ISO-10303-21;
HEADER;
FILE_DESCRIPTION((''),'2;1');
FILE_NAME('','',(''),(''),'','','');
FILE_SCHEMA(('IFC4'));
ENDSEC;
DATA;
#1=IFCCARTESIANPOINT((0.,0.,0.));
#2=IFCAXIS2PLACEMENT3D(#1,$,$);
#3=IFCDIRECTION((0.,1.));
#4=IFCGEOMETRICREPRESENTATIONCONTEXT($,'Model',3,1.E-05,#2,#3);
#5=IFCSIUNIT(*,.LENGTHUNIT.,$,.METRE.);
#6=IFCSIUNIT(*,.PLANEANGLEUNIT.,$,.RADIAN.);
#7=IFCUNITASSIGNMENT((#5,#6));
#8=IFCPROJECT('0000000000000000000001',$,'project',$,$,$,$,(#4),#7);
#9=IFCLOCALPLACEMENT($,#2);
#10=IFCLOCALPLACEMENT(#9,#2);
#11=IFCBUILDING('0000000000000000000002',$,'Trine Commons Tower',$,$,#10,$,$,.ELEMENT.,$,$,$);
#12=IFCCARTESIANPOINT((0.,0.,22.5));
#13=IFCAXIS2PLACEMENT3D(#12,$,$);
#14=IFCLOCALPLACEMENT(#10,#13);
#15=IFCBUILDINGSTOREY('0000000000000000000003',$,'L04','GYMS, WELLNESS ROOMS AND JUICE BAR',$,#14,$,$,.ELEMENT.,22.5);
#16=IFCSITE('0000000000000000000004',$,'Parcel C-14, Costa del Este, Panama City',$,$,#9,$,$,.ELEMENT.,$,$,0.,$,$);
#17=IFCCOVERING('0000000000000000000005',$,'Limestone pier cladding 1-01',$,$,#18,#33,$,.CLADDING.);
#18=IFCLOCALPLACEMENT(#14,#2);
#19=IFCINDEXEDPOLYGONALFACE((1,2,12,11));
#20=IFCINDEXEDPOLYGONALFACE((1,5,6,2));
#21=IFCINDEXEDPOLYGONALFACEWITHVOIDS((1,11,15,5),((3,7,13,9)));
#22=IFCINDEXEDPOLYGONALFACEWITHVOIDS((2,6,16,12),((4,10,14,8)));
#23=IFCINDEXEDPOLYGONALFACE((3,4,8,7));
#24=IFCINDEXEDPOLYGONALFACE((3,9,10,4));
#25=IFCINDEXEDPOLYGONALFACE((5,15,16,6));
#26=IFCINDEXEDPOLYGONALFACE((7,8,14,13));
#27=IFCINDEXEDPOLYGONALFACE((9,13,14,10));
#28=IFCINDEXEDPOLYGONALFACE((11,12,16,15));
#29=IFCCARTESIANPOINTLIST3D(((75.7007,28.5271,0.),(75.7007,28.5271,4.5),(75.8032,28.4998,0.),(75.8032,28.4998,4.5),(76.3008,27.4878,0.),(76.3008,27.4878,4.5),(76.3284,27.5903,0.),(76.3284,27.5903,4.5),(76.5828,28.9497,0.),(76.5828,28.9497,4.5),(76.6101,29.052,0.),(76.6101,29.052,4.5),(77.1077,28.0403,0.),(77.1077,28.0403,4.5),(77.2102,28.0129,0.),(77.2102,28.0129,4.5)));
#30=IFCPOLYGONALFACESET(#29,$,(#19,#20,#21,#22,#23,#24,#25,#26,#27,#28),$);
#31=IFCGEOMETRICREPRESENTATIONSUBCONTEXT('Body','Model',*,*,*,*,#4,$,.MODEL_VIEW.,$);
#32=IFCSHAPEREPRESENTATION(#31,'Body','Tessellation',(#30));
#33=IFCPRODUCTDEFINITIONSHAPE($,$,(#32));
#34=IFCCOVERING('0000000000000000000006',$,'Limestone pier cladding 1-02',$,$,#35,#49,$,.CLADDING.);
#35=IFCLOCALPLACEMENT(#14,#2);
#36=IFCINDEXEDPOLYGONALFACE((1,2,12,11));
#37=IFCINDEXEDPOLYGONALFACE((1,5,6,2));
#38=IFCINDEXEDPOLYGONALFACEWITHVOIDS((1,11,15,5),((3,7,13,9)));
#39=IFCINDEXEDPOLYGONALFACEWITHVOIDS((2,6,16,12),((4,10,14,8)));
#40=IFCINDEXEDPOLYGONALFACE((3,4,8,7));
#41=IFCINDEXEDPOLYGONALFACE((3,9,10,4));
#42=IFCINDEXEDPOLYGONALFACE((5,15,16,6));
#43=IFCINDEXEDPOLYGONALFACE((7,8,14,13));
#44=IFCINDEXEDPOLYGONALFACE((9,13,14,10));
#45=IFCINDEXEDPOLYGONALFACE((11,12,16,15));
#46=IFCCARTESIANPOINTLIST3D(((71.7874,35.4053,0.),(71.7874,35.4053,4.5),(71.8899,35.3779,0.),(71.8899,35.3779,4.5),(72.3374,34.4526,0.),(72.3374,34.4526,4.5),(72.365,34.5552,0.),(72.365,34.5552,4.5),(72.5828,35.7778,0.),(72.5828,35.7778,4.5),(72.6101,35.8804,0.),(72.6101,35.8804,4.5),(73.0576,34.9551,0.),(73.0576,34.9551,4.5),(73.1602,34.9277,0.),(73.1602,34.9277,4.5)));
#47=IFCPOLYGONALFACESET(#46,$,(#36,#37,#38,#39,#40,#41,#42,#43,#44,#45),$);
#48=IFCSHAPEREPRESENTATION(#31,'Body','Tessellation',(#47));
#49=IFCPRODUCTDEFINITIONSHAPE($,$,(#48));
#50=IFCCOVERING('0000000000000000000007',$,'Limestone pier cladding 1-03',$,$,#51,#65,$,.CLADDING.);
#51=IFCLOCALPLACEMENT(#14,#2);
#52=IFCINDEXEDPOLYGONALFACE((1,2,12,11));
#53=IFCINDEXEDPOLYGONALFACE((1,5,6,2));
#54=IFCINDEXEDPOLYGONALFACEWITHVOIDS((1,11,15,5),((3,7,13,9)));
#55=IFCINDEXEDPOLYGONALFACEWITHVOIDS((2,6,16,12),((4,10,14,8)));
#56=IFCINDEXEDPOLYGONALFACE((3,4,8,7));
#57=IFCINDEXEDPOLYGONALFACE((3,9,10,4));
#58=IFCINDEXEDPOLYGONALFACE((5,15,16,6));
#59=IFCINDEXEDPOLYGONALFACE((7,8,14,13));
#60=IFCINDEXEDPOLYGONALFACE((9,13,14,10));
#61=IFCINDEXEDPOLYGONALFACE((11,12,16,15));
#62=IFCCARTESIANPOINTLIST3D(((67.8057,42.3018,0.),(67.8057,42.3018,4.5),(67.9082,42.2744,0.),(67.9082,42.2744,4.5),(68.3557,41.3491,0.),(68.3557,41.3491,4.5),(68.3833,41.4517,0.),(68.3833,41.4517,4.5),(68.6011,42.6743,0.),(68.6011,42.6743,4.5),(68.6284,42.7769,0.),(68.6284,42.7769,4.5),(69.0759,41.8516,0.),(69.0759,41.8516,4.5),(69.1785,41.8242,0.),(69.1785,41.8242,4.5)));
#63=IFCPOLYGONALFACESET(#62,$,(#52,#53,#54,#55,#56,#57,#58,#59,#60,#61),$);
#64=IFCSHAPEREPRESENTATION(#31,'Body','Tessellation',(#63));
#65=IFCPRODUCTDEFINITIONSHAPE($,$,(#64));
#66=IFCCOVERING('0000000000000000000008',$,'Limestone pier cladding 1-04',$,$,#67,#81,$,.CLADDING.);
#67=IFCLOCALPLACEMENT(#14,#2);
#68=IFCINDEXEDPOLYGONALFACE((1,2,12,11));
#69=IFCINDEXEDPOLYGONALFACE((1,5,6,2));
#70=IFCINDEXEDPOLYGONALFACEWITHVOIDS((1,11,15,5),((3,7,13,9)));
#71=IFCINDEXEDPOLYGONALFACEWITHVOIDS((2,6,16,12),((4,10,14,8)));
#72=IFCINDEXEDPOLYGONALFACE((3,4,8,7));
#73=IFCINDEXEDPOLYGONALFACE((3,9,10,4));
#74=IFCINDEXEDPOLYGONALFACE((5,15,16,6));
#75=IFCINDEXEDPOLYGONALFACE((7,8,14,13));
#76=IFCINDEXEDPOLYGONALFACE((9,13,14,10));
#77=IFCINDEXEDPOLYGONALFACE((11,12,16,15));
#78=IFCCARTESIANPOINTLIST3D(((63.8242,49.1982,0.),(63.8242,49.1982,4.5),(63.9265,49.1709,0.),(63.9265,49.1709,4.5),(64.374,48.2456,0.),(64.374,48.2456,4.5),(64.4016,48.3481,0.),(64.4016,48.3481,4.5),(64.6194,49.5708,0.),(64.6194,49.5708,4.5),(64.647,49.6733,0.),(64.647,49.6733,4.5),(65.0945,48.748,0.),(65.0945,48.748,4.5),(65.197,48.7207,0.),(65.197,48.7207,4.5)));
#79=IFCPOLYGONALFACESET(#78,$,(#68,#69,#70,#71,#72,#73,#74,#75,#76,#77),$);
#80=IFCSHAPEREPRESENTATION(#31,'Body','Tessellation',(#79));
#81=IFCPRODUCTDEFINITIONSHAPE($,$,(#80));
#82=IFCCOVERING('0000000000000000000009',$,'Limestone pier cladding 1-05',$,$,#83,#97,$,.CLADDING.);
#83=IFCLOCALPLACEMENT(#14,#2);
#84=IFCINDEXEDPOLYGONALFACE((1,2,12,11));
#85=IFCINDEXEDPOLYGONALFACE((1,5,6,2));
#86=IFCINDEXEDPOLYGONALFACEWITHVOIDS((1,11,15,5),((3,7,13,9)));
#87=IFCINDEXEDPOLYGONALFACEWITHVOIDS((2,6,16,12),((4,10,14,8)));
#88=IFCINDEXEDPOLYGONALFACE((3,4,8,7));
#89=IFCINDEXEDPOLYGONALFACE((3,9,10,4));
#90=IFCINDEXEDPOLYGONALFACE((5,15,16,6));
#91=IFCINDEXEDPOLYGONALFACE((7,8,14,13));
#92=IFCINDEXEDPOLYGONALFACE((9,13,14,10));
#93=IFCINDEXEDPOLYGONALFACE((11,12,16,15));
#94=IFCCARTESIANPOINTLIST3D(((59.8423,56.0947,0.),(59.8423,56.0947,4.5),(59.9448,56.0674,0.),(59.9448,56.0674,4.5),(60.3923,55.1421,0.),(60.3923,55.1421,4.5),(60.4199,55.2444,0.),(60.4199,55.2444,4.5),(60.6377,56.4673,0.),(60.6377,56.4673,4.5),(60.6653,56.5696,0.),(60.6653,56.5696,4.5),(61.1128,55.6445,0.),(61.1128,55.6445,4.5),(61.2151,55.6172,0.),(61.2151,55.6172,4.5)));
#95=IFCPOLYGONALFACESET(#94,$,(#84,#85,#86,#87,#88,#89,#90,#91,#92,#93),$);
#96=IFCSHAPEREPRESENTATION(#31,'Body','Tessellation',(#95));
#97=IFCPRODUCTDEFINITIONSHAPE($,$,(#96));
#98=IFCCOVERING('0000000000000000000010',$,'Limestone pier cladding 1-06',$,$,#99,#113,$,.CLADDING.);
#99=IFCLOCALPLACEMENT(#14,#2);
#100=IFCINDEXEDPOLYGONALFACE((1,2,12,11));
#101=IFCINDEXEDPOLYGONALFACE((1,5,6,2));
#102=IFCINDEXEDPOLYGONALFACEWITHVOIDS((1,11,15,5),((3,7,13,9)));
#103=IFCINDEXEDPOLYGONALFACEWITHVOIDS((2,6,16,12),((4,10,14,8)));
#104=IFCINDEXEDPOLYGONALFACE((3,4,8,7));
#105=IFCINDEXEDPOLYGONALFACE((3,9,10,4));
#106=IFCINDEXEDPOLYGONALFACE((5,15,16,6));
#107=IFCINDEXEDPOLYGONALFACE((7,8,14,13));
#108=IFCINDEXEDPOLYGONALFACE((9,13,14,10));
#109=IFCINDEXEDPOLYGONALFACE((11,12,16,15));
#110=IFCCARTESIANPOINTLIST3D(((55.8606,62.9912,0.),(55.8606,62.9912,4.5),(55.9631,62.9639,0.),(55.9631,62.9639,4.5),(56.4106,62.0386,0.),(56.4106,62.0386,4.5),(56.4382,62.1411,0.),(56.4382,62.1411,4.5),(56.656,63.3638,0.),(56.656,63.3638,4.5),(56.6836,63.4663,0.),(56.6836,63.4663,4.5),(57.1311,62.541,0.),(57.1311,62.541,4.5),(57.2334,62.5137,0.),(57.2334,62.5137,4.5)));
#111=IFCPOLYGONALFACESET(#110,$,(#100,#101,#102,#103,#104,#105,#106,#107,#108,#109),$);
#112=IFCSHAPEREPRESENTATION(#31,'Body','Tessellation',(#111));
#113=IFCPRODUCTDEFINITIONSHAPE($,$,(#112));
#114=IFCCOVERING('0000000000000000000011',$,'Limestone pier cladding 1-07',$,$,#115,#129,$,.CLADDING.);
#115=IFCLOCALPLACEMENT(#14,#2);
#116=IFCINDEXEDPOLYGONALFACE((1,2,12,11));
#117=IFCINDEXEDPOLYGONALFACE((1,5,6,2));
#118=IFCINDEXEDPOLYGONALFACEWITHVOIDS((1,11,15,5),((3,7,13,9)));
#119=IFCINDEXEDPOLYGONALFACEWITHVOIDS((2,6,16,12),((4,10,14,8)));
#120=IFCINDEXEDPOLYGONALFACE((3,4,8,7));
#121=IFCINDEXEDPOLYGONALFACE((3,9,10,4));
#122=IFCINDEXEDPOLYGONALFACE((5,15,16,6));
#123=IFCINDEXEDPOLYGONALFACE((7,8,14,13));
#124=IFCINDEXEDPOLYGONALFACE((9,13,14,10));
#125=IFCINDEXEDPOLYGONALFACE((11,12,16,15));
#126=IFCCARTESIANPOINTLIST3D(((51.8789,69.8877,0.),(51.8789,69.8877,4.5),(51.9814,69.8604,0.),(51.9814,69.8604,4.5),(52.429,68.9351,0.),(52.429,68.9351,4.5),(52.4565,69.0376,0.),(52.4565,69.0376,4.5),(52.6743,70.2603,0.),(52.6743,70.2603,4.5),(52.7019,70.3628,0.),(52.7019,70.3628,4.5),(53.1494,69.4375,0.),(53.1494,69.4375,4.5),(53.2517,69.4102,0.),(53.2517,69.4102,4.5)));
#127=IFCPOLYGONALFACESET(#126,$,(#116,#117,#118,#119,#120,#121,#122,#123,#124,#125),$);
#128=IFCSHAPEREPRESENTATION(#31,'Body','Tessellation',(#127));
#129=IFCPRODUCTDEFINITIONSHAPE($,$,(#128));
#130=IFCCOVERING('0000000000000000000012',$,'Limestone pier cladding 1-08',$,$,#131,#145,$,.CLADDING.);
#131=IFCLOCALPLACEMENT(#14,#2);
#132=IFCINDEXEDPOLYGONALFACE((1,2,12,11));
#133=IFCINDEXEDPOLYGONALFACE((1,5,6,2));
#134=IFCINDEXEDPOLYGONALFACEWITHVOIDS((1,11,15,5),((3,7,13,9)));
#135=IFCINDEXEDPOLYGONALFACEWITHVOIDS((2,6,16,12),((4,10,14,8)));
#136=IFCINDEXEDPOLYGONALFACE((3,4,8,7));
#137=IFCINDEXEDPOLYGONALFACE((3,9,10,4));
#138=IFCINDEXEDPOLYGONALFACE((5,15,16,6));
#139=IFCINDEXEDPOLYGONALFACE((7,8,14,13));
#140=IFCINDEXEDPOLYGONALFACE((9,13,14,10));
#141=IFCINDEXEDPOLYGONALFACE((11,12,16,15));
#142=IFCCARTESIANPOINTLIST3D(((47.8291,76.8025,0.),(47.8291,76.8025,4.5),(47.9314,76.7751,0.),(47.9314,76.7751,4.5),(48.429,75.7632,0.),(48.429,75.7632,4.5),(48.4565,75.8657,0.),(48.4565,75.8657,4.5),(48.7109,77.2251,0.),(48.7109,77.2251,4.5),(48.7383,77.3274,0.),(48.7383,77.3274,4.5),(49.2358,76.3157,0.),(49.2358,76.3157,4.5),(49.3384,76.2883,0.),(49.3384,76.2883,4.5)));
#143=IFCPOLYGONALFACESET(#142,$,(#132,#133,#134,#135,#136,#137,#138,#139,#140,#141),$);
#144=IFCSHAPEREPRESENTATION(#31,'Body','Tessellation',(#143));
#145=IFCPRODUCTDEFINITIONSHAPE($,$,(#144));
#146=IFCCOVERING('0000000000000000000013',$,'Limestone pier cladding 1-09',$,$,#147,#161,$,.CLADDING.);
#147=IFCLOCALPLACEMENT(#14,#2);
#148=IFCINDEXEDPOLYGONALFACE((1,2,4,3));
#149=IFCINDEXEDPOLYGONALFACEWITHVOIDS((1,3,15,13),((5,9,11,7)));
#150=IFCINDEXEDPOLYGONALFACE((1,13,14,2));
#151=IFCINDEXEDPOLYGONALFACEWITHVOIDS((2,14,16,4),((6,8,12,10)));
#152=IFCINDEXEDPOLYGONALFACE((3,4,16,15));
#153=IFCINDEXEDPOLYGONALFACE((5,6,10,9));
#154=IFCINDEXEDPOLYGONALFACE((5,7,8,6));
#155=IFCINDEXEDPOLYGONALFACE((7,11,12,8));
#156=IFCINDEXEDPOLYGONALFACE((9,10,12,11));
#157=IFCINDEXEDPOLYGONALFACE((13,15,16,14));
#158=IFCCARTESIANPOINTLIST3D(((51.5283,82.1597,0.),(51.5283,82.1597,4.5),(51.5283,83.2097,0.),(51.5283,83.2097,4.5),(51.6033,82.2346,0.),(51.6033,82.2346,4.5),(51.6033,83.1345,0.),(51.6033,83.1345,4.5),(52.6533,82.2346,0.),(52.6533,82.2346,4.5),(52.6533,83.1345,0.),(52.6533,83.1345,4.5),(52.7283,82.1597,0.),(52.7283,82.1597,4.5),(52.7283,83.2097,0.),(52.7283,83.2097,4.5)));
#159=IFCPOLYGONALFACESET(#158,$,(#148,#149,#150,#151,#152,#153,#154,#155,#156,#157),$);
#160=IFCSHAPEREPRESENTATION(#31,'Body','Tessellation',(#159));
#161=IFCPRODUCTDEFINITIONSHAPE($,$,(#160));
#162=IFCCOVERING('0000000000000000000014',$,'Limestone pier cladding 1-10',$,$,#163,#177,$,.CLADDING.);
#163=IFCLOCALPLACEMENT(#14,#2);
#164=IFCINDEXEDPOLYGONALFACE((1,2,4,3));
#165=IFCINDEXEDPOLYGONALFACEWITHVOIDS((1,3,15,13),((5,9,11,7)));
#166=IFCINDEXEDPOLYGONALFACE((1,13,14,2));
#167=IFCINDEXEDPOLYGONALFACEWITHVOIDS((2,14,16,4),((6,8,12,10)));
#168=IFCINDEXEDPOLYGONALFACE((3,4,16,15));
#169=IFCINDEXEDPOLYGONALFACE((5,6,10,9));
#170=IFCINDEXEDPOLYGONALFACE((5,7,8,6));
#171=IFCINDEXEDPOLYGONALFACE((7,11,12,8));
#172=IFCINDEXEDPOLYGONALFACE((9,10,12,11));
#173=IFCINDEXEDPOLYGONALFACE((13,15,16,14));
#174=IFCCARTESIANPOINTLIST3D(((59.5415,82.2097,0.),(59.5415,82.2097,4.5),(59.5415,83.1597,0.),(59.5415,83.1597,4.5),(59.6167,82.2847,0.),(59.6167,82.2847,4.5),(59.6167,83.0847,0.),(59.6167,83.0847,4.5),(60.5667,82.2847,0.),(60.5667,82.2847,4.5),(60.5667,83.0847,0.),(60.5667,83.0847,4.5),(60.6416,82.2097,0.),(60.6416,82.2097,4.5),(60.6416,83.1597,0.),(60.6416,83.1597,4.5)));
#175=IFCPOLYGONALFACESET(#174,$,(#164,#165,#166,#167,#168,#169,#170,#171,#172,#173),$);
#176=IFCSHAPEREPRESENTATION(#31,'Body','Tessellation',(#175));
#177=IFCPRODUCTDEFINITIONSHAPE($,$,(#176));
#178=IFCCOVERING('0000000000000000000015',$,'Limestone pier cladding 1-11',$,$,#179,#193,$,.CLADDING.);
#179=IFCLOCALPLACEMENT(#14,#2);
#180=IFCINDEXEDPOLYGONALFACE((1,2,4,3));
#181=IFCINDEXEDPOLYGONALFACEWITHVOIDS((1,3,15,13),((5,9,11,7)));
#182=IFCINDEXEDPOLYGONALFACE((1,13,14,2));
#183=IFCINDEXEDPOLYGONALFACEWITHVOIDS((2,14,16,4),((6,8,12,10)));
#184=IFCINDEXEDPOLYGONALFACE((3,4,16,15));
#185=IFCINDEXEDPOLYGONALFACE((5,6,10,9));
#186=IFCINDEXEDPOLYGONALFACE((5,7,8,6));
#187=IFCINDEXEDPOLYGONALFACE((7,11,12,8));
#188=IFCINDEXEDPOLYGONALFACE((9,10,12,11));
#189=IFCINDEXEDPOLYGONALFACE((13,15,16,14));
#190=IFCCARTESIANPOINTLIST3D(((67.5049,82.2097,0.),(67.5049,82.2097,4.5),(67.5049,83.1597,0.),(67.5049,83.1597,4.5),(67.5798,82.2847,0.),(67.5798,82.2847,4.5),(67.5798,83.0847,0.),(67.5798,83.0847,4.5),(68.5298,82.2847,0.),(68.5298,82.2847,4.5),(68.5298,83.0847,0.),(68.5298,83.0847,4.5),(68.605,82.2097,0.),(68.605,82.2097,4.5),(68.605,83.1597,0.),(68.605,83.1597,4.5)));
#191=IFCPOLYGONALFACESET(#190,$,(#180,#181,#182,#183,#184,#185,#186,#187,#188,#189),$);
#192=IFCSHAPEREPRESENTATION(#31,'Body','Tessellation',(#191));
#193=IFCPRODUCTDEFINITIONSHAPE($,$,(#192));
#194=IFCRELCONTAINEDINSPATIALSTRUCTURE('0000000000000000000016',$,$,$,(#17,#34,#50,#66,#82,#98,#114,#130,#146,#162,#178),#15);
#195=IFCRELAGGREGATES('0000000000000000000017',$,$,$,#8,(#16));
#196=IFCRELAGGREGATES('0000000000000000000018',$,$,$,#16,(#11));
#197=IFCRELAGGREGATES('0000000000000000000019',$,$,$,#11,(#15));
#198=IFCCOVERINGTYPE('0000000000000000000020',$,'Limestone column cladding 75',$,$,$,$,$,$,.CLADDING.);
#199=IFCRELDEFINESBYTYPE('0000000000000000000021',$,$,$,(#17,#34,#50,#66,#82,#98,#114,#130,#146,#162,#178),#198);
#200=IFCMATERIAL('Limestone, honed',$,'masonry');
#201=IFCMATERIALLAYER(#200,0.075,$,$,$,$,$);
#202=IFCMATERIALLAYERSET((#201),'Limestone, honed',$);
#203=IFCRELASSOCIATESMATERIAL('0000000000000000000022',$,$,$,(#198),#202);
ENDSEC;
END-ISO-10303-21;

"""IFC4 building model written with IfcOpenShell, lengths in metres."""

from ifc_helpers import new_model, si_unit, direction, frame, origin, place, context, subcontext, project, spatial, polyline, outline, extrude, material, layer, layer_set, type_object, element, save


model = new_model("IFC4")

# Units and contexts
model_context = context("Model", 3, precision=1e-05, world=origin(), true_north=direction((0.0, 1.0)))
body_context = subcontext(model_context, "Body", "Model", "MODEL_VIEW")
ifc_project = project(units=[si_unit("LENGTHUNIT", "METRE"), si_unit("PLANEANGLEUNIT", "RADIAN")], contexts=[model_context])

# Site, building, storey
site_placement = place(None, origin())
site = spatial("IfcSite", under=ifc_project, at=site_placement, Name="Parcel C-14, Costa del Este, Panama City", CompositionType="ELEMENT", RefElevation=0.0)
building_placement = place(site_placement, origin())
building = spatial("IfcBuilding", under=site, at=building_placement, Name="Trine Commons Tower", CompositionType="ELEMENT")
storey_placement = place(building_placement, frame((0.0, 0.0, 22.5)))
storey = spatial("IfcBuildingStorey", under=building, at=storey_placement, Name="L04", Description="GYMS, WELLNESS ROOMS AND JUICE BAR", CompositionType="ELEMENT", Elevation=22.5)

# Coverings
ifc_material_1 = material(Name="Limestone, honed", Category="masonry")
ifc_layer_1 = layer(ifc_material_1, 0.075)
ifc_layer_set_1 = layer_set([ifc_layer_1], Name="Limestone, honed")
covering_type = type_object("IfcCoveringType", Name="Limestone column cladding 75", PredefinedType="CLADDING", material=ifc_layer_set_1)
covering_1_placement = place(storey_placement, origin())
element("IfcCovering", 1, at=covering_1_placement, inside=storey, type_object=covering_type, Name="Limestone pier cladding 1-01", PredefinedType="CLADDING", context=body_context, shape_type="SweptSolid", body=[
    extrude(outline(polyline([(76.6101, 29.052), (75.7007, 28.5271), (76.3008, 27.4878), (77.2102, 28.0129), (76.6101, 29.052)]), holes=[polyline([(76.5828, 28.9497), (75.8032, 28.4998), (76.3284, 27.5903), (77.1077, 28.0403), (76.5828, 28.9497)])]), origin(), (0.0, 0.0, 1.0), 4.5),
])
covering_2_placement = place(storey_placement, origin())
element("IfcCovering", 2, at=covering_2_placement, inside=storey, type_object=covering_type, Name="Limestone pier cladding 1-02", PredefinedType="CLADDING", context=body_context, shape_type="SweptSolid", body=[
    extrude(outline(polyline([(72.6101, 35.8804), (71.7874, 35.4053), (72.3374, 34.4526), (73.1602, 34.9277), (72.6101, 35.8804)]), holes=[polyline([(72.5828, 35.7778), (71.8899, 35.3779), (72.365, 34.5552), (73.0576, 34.9551), (72.5828, 35.7778)])]), origin(), (0.0, 0.0, 1.0), 4.5),
])
covering_3_placement = place(storey_placement, origin())
element("IfcCovering", 3, at=covering_3_placement, inside=storey, type_object=covering_type, Name="Limestone pier cladding 1-03", PredefinedType="CLADDING", context=body_context, shape_type="SweptSolid", body=[
    extrude(outline(polyline([(68.6284, 42.7769), (67.8057, 42.3018), (68.3557, 41.3491), (69.1785, 41.8242), (68.6284, 42.7769)]), holes=[polyline([(68.6011, 42.6743), (67.9082, 42.2744), (68.3833, 41.4517), (69.0759, 41.8516), (68.6011, 42.6743)])]), origin(), (0.0, 0.0, 1.0), 4.5),
])
covering_4_placement = place(storey_placement, origin())
element("IfcCovering", 4, at=covering_4_placement, inside=storey, type_object=covering_type, Name="Limestone pier cladding 1-04", PredefinedType="CLADDING", context=body_context, shape_type="SweptSolid", body=[
    extrude(outline(polyline([(64.647, 49.6733), (63.8242, 49.1982), (64.374, 48.2456), (65.197, 48.7207), (64.647, 49.6733)]), holes=[polyline([(64.6194, 49.5708), (63.9265, 49.1709), (64.4016, 48.3481), (65.0945, 48.748), (64.6194, 49.5708)])]), origin(), (0.0, 0.0, 1.0), 4.5),
])
covering_5_placement = place(storey_placement, origin())
element("IfcCovering", 5, at=covering_5_placement, inside=storey, type_object=covering_type, Name="Limestone pier cladding 1-05", PredefinedType="CLADDING", context=body_context, shape_type="SweptSolid", body=[
    extrude(outline(polyline([(60.6653, 56.5696), (59.8423, 56.0947), (60.3923, 55.1421), (61.2151, 55.6172), (60.6653, 56.5696)]), holes=[polyline([(60.6377, 56.4673), (59.9448, 56.0674), (60.4199, 55.2444), (61.1128, 55.6445), (60.6377, 56.4673)])]), origin(), (0.0, 0.0, 1.0), 4.5),
])
covering_6_placement = place(storey_placement, origin())
element("IfcCovering", 6, at=covering_6_placement, inside=storey, type_object=covering_type, Name="Limestone pier cladding 1-06", PredefinedType="CLADDING", context=body_context, shape_type="SweptSolid", body=[
    extrude(outline(polyline([(56.6836, 63.4663), (55.8606, 62.9912), (56.4106, 62.0386), (57.2334, 62.5137), (56.6836, 63.4663)]), holes=[polyline([(56.656, 63.3638), (55.9631, 62.9639), (56.4382, 62.1411), (57.1311, 62.541), (56.656, 63.3638)])]), origin(), (0.0, 0.0, 1.0), 4.5),
])
covering_7_placement = place(storey_placement, origin())
element("IfcCovering", 7, at=covering_7_placement, inside=storey, type_object=covering_type, Name="Limestone pier cladding 1-07", PredefinedType="CLADDING", context=body_context, shape_type="SweptSolid", body=[
    extrude(outline(polyline([(52.7019, 70.3628), (51.8789, 69.8877), (52.429, 68.9351), (53.2517, 69.4102), (52.7019, 70.3628)]), holes=[polyline([(52.6743, 70.2603), (51.9814, 69.8604), (52.4565, 69.0376), (53.1494, 69.4375), (52.6743, 70.2603)])]), origin(), (0.0, 0.0, 1.0), 4.5),
])
covering_8_placement = place(storey_placement, origin())
element("IfcCovering", 8, at=covering_8_placement, inside=storey, type_object=covering_type, Name="Limestone pier cladding 1-08", PredefinedType="CLADDING", context=body_context, shape_type="SweptSolid", body=[
    extrude(outline(polyline([(48.7383, 77.3274), (47.8291, 76.8025), (48.429, 75.7632), (49.3384, 76.2883), (48.7383, 77.3274)]), holes=[polyline([(48.7109, 77.2251), (47.9314, 76.7751), (48.4565, 75.8657), (49.2358, 76.3157), (48.7109, 77.2251)])]), origin(), (0.0, 0.0, 1.0), 4.5),
])
covering_9_placement = place(storey_placement, origin())
element("IfcCovering", 9, at=covering_9_placement, inside=storey, type_object=covering_type, Name="Limestone pier cladding 1-09", PredefinedType="CLADDING", context=body_context, shape_type="SweptSolid", body=[
    extrude(outline(polyline([(52.7283, 82.1597), (52.7283, 83.2097), (51.5283, 83.2097), (51.5283, 82.1597), (52.7283, 82.1597)]), holes=[polyline([(52.6533, 82.2346), (52.6533, 83.1345), (51.6033, 83.1345), (51.6033, 82.2346), (52.6533, 82.2346)])]), origin(), (0.0, 0.0, 1.0), 4.5),
])
covering_10_placement = place(storey_placement, origin())
element("IfcCovering", 10, at=covering_10_placement, inside=storey, type_object=covering_type, Name="Limestone pier cladding 1-10", PredefinedType="CLADDING", context=body_context, shape_type="SweptSolid", body=[
    extrude(outline(polyline([(60.6416, 82.2097), (60.6416, 83.1597), (59.5415, 83.1597), (59.5415, 82.2097), (60.6416, 82.2097)]), holes=[polyline([(60.5667, 82.2847), (60.5667, 83.0847), (59.6167, 83.0847), (59.6167, 82.2847), (60.5667, 82.2847)])]), origin(), (0.0, 0.0, 1.0), 4.5),
])
covering_11_placement = place(storey_placement, origin())
element("IfcCovering", 11, at=covering_11_placement, inside=storey, type_object=covering_type, Name="Limestone pier cladding 1-11", PredefinedType="CLADDING", context=body_context, shape_type="SweptSolid", body=[
    extrude(outline(polyline([(68.605, 82.2097), (68.605, 83.1597), (67.5049, 83.1597), (67.5049, 82.2097), (68.605, 82.2097)]), holes=[polyline([(68.5298, 82.2847), (68.5298, 83.0847), (67.5798, 83.0847), (67.5798, 82.2847), (68.5298, 82.2847)])]), origin(), (0.0, 0.0, 1.0), 4.5),
])

save(model, "model.ifc")
